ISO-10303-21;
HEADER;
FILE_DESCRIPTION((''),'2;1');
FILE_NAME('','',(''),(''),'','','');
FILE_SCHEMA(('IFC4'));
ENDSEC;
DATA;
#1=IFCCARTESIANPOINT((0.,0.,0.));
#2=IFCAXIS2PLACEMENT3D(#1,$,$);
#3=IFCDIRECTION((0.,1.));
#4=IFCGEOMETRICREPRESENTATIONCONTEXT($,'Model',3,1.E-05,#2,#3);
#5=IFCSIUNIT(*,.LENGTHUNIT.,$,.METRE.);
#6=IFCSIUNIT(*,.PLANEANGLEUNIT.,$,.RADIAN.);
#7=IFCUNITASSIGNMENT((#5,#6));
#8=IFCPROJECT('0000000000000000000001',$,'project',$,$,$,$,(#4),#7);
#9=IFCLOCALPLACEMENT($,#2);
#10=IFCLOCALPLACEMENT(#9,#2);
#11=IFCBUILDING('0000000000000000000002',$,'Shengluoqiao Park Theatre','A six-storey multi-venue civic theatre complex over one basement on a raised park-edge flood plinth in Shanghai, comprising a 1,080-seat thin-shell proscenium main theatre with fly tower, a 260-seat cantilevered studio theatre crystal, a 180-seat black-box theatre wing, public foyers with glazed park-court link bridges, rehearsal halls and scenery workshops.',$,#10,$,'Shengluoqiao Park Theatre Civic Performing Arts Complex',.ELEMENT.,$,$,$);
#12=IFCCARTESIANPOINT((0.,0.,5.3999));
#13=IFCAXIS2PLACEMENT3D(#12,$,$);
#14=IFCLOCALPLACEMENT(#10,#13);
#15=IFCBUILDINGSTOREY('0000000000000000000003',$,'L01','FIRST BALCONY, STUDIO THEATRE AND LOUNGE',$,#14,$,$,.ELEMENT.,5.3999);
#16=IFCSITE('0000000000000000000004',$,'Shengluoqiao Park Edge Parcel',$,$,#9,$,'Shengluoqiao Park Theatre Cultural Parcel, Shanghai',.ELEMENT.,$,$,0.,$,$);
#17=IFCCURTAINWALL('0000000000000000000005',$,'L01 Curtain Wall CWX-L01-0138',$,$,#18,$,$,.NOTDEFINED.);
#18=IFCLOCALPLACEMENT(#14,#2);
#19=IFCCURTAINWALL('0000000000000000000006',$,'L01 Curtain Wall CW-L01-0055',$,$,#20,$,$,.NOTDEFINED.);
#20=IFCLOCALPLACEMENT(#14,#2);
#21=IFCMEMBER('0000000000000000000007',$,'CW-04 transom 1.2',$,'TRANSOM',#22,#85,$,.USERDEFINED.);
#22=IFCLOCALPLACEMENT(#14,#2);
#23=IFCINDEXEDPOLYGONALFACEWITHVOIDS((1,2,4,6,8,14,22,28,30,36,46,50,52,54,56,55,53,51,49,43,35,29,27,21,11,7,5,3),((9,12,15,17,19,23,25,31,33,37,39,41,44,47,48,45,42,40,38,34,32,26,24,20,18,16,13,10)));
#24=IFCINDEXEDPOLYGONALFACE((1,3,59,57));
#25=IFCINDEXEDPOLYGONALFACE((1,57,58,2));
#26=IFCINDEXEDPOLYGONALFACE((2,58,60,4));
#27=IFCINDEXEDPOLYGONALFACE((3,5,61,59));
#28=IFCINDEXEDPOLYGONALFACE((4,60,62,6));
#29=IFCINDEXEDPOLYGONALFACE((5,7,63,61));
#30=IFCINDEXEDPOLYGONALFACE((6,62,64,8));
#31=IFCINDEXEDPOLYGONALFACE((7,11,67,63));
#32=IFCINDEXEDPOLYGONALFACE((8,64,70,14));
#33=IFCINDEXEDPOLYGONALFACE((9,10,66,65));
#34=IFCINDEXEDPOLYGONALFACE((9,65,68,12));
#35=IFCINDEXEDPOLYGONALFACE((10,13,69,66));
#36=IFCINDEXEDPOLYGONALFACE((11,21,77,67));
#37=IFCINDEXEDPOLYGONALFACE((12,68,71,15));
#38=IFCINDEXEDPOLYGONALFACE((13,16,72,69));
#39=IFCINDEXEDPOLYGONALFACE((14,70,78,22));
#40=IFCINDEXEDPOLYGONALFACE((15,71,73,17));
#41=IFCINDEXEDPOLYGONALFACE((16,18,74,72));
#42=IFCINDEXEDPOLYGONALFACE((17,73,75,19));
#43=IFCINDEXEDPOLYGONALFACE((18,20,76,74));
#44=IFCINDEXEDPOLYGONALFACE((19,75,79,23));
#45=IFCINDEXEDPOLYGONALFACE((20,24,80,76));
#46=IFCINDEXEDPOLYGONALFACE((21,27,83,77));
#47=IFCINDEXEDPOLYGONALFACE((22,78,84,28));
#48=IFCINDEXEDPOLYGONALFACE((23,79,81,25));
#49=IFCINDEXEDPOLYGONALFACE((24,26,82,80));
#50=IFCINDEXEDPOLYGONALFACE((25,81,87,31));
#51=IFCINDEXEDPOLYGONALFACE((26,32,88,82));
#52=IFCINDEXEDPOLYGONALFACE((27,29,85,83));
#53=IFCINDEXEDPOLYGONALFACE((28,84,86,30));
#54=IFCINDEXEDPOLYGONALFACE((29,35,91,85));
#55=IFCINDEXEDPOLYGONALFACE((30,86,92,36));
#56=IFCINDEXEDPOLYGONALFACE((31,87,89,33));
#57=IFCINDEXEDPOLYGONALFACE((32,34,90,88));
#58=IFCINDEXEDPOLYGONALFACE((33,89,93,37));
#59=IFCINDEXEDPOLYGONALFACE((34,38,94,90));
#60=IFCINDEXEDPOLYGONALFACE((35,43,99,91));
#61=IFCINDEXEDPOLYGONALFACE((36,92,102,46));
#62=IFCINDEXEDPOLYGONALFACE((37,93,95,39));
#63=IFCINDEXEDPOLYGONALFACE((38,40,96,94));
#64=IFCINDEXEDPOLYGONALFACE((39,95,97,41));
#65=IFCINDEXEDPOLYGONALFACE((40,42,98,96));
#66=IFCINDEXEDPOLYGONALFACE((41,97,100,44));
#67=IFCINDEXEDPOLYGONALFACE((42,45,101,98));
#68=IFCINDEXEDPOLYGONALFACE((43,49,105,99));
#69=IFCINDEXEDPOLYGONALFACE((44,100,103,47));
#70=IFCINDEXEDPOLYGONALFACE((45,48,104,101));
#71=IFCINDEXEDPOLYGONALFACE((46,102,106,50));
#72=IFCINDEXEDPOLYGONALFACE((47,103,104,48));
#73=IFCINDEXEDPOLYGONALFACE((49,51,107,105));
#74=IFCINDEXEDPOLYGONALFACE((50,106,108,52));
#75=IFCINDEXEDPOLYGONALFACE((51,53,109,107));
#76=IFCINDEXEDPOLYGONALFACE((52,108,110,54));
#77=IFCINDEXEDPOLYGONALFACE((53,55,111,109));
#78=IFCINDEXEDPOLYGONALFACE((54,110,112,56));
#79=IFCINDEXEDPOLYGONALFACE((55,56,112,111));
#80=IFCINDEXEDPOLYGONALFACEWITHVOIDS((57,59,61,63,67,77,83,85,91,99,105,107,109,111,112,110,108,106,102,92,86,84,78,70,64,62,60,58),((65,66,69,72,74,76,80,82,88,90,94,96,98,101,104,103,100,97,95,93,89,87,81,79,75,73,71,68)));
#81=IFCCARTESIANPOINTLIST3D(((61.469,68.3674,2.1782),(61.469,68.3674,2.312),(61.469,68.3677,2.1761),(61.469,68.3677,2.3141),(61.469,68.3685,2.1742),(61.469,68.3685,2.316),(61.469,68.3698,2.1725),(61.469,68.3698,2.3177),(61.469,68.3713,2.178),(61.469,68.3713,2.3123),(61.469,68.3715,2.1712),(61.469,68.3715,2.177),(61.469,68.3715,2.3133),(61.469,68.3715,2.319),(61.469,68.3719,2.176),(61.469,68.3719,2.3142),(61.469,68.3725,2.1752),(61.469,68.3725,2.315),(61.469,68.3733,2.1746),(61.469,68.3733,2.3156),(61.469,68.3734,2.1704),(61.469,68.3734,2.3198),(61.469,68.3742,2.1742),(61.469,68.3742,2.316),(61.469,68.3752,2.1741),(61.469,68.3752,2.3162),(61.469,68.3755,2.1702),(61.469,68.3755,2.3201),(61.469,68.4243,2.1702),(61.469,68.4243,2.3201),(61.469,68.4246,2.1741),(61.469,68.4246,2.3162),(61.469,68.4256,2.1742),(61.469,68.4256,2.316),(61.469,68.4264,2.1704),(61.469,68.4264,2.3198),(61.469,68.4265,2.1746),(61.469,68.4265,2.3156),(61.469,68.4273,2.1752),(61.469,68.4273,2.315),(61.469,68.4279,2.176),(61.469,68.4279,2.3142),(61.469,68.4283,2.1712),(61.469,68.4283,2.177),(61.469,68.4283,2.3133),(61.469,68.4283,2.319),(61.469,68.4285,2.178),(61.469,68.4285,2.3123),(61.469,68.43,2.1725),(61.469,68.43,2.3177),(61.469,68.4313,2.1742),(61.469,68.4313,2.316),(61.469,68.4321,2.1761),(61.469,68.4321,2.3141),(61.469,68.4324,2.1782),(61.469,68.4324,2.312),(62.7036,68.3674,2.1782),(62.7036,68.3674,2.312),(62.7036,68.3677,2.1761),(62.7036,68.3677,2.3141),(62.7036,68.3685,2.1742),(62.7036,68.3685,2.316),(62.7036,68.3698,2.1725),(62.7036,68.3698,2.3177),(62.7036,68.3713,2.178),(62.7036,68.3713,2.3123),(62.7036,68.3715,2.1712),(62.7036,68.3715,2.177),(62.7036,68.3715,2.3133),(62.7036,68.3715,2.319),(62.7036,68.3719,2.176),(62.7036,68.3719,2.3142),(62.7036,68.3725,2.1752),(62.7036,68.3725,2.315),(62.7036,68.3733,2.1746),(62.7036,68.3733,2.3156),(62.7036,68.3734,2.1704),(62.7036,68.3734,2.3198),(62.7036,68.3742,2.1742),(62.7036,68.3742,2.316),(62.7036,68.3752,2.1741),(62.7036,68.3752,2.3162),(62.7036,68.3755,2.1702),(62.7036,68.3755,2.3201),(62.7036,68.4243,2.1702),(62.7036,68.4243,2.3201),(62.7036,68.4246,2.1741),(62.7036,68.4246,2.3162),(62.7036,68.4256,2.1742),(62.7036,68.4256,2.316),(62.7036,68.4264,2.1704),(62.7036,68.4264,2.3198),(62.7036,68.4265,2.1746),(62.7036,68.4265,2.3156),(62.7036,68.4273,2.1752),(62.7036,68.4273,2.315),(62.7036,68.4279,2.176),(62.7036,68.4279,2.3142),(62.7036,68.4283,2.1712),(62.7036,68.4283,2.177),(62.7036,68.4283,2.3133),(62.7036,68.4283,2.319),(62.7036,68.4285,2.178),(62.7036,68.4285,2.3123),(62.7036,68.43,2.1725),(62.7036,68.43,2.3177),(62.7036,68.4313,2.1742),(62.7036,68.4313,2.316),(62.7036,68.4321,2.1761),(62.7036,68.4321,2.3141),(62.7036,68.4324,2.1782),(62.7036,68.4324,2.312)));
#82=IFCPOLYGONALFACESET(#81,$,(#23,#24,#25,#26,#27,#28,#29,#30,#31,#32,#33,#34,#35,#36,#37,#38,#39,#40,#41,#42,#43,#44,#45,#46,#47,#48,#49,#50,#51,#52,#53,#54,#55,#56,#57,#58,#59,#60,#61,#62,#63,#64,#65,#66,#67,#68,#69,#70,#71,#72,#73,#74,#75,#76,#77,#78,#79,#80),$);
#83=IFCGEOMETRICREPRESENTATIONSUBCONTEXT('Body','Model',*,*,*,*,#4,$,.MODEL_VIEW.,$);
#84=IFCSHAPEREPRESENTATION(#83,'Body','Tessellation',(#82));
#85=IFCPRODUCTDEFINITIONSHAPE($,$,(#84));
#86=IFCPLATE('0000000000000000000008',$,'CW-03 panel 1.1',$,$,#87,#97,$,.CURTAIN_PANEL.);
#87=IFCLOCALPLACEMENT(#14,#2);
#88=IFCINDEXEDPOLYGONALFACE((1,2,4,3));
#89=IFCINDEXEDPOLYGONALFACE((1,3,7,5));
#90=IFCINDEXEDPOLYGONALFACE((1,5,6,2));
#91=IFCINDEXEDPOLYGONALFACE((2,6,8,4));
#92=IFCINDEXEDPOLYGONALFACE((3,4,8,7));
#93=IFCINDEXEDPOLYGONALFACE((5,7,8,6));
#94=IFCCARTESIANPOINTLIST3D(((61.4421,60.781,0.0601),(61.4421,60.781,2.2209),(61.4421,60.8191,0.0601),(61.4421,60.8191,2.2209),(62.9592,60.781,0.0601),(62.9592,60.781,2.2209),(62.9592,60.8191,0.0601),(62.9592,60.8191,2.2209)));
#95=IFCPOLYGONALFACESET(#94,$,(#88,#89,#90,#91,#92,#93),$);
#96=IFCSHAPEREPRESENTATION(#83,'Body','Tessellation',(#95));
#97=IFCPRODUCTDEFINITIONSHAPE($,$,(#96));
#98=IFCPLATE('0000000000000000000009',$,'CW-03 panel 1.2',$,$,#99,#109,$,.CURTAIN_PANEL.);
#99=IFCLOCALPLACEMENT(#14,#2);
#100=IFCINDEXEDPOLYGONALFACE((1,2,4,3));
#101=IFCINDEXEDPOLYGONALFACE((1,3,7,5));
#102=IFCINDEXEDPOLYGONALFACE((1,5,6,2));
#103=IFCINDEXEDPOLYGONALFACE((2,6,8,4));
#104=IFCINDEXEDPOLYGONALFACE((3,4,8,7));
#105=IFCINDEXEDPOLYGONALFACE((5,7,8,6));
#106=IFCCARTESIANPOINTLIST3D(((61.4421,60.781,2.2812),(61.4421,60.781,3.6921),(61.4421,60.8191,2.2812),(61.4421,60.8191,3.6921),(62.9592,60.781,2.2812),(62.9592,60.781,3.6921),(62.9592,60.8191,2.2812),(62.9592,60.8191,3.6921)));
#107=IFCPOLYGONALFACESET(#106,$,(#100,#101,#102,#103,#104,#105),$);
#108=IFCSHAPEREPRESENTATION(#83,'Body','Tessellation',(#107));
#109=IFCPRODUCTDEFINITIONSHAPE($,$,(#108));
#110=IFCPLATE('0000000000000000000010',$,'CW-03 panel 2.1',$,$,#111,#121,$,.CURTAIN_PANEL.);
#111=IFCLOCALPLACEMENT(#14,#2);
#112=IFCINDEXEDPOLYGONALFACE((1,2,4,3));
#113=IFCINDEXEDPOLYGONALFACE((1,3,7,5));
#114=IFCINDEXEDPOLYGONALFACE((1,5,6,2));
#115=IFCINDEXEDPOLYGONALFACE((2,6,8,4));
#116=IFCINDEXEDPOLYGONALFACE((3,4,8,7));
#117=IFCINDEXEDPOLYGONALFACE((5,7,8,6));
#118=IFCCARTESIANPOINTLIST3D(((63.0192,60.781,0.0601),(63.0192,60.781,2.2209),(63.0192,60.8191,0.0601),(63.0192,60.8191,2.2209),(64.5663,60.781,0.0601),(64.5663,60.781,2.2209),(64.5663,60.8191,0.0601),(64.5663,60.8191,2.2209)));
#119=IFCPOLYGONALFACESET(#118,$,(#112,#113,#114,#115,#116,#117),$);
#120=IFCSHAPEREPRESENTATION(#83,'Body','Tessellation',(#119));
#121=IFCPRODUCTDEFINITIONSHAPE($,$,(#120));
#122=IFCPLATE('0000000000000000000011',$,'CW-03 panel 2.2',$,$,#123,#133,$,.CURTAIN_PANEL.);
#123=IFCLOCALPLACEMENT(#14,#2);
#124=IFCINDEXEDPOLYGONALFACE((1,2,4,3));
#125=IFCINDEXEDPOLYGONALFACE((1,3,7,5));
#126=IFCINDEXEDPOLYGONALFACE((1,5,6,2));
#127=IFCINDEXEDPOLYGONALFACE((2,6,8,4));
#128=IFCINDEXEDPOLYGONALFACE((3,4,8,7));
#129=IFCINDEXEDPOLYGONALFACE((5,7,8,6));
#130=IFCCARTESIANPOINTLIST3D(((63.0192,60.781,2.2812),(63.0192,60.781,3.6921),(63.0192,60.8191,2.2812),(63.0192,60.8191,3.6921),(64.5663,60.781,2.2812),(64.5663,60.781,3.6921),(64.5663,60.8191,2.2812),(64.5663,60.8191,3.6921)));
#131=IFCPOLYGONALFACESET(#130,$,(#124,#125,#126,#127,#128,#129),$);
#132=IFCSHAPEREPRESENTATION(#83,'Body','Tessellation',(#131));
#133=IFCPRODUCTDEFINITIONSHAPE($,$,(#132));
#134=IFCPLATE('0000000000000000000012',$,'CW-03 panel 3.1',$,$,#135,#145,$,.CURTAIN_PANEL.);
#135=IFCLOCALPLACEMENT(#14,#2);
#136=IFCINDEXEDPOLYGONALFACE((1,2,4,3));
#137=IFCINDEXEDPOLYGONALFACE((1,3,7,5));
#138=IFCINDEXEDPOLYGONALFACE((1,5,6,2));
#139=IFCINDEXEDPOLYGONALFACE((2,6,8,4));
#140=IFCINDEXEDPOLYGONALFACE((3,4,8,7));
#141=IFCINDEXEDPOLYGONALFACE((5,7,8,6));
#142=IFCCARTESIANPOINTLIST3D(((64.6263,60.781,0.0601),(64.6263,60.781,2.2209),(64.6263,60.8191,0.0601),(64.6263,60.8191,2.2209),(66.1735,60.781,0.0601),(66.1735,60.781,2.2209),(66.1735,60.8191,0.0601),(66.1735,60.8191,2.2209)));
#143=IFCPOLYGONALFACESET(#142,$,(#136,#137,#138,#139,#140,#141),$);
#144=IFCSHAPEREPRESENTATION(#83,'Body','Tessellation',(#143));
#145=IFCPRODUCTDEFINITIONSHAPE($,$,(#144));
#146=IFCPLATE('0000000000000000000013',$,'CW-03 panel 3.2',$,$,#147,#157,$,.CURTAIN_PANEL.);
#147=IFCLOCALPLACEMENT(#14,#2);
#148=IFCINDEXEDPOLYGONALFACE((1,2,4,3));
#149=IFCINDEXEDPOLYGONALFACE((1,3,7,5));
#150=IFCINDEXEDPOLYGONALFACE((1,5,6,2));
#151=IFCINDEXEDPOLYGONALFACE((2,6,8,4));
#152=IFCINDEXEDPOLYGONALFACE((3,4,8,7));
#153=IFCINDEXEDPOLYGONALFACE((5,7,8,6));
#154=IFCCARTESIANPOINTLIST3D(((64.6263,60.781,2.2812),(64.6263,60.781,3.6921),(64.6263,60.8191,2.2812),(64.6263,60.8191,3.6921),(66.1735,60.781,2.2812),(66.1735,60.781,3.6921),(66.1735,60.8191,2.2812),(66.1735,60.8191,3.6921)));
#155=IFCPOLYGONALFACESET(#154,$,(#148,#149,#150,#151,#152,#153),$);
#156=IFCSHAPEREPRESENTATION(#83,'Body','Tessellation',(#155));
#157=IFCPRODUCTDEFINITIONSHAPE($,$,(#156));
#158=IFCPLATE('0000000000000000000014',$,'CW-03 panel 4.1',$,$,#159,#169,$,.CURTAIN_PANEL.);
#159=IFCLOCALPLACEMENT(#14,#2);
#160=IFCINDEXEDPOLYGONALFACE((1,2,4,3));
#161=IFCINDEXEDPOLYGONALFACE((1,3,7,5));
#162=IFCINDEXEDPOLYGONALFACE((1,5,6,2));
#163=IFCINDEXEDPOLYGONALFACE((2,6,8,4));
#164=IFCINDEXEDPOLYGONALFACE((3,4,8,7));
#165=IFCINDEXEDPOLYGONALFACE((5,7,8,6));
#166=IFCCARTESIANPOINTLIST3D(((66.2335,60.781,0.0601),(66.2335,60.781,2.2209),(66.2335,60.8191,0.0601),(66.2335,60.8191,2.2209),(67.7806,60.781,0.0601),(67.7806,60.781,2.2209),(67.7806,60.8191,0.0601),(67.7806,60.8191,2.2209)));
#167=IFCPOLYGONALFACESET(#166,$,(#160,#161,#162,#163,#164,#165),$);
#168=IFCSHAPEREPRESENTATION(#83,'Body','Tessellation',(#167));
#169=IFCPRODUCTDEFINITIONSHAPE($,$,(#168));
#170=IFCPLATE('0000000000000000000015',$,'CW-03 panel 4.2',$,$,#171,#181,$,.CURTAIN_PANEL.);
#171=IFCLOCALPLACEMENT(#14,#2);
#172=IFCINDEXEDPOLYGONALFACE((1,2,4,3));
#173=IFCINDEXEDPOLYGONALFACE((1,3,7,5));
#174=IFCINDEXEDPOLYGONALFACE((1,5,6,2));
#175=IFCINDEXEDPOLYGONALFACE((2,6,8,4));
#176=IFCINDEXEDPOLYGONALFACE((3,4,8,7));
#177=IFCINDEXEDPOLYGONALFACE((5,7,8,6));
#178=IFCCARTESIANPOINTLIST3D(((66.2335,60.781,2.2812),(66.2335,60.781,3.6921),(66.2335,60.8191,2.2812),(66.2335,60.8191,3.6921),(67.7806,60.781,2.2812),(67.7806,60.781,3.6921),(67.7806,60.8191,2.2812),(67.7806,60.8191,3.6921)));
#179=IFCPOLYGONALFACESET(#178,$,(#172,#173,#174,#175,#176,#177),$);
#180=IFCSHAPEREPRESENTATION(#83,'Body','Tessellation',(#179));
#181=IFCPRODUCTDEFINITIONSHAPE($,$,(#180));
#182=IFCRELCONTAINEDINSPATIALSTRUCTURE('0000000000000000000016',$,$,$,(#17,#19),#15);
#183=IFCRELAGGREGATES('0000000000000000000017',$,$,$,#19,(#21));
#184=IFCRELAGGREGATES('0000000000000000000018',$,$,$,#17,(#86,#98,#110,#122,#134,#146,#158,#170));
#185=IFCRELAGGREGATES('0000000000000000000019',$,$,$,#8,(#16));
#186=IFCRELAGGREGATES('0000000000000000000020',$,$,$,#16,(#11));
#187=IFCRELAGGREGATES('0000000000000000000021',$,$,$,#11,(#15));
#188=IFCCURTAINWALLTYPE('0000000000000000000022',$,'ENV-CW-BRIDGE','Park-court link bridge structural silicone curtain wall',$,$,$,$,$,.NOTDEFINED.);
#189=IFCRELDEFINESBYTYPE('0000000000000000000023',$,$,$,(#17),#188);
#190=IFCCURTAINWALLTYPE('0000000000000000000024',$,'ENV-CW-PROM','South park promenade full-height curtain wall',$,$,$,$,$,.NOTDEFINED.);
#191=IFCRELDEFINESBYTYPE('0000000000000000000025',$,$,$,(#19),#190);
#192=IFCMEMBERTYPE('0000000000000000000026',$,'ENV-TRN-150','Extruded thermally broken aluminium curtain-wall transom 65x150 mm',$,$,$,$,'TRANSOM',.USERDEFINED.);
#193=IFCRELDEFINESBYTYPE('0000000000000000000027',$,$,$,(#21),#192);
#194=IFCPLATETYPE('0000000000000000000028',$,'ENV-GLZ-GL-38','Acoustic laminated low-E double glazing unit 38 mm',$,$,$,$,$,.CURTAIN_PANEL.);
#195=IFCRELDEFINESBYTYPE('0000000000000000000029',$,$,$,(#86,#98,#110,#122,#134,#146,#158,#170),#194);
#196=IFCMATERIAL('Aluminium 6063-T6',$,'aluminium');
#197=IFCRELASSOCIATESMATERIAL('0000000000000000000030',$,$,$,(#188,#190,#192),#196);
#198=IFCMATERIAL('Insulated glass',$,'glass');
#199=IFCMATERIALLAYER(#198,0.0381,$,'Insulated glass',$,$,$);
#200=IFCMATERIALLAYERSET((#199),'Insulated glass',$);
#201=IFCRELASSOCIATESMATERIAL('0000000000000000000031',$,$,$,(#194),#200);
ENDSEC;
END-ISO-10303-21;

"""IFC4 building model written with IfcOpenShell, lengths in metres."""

from ifc_helpers import new_model, si_unit, direction, frame, origin, origin_2d, place, context, subcontext, project, spatial, rectangle, hollow_rectangle, extrude, material, layer, layer_set, material_profile, profile_set, type_object, element, aggregate, save


model = new_model("IFC4")

# Units and contexts
model_context = context("Model", 3, precision=1e-05, world=origin(), true_north=direction((0.0, 1.0)))
body_context = subcontext(model_context, "Body", "Model", "MODEL_VIEW")
ifc_project = project(units=[si_unit("LENGTHUNIT", "METRE"), si_unit("PLANEANGLEUNIT", "RADIAN")], contexts=[model_context])

# Site, building, storey
site_placement = place(None, origin())
site = spatial("IfcSite", under=ifc_project, at=site_placement, Name="Shengluoqiao Park Edge Parcel", LongName="Shengluoqiao Park Theatre Cultural Parcel, Shanghai", CompositionType="ELEMENT", RefElevation=0.0)
building_placement = place(site_placement, origin())
building = spatial("IfcBuilding", under=site, at=building_placement, Name="Shengluoqiao Park Theatre", Description="A six-storey multi-venue civic theatre complex over one basement on a raised park-edge flood plinth in Shanghai, comprising a 1,080-seat thin-shell proscenium main theatre with fly tower, a 260-seat cantilevered studio theatre crystal, a 180-seat black-box theatre wing, public foyers with glazed park-court link bridges, rehearsal halls and scenery workshops.", LongName="Shengluoqiao Park Theatre Civic Performing Arts Complex", CompositionType="ELEMENT")
storey_placement = place(building_placement, frame((0.0, 0.0, 5.3999)))
storey = spatial("IfcBuildingStorey", under=building, at=storey_placement, Name="L01", Description="FIRST BALCONY, STUDIO THEATRE AND LOUNGE", CompositionType="ELEMENT", Elevation=5.3999)

# Curtain wall
ifc_material_1 = material(Name="Aluminium 6063-T6", Category="aluminium")
curtain_wall_type_1 = type_object("IfcCurtainWallType", Name="ENV-CW-BRIDGE", Description="Park-court link bridge structural silicone curtain wall", PredefinedType="NOTDEFINED", material=ifc_material_1)
curtain_wall_1_placement = place(storey_placement, origin())
curtain_wall_1 = element("IfcCurtainWall", 1, at=curtain_wall_1_placement, inside=storey, type_object=curtain_wall_type_1, Name="L01 Curtain Wall CWX-L01-0138", PredefinedType="NOTDEFINED")

# Curtain wall
curtain_wall_type_2 = type_object("IfcCurtainWallType", Name="ENV-CW-PROM", Description="South park promenade full-height curtain wall", PredefinedType="NOTDEFINED", material=ifc_material_1)
curtain_wall_2_placement = place(storey_placement, origin())
curtain_wall_2 = element("IfcCurtainWall", 2, at=curtain_wall_2_placement, inside=storey, type_object=curtain_wall_type_2, Name="L01 Curtain Wall CW-L01-0055", PredefinedType="NOTDEFINED")

# Member
ifc_material_profile_1 = material_profile(ifc_material_1, hollow_rectangle(XDim=0.0649, YDim=0.1499, WallThickness=0.0039, InnerFilletRadius=0.0039, OuterFilletRadius=0.0081, at=origin_2d()), Name="ALU TRANSOM 150x65x4")
ifc_profile_set_1 = profile_set([ifc_material_profile_1], Name="Aluminium 6063-T6")
member_type_1 = type_object("IfcMemberType", Name="ENV-TRN-150", Description="Extruded thermally broken aluminium curtain-wall transom 65x150 mm", ElementType="TRANSOM", PredefinedType="USERDEFINED", material=ifc_profile_set_1)
member_1_placement = place(storey_placement, frame((61.469, 68.3999, 2.2451), z_axis=(1.0, 0.0, 0.0), x_axis=(0.0, 1.0, 0.0)))
member_1 = element("IfcMember", 3, at=member_1_placement, type_object=member_type_1, Name="CW-04 transom 1.2", ObjectType="TRANSOM", PredefinedType="USERDEFINED", context=body_context, shape_type="SweptSolid", body=[
    extrude(hollow_rectangle(XDim=0.0649, YDim=0.1499, WallThickness=0.0039, InnerFilletRadius=0.0039, OuterFilletRadius=0.0081, at=origin_2d()), origin(), (0.0, 0.0, 1.0), 1.2346),
])
aggregate(curtain_wall_2, [member_1])

# Plates
ifc_material_2 = material(Name="Insulated glass", Category="glass")
ifc_layer = layer(ifc_material_2, 0.0381, Name="Insulated glass")
ifc_layer_set = layer_set([ifc_layer], Name="Insulated glass")
plate_type = type_object("IfcPlateType", Name="ENV-GLZ-GL-38", Description="Acoustic laminated low-E double glazing unit 38 mm", PredefinedType="CURTAIN_PANEL", material=ifc_layer_set)
plate_1_placement = place(storey_placement, frame((62.2007, 60.8, 0.0601), z_axis=(0.0, 0.0, 1.0), x_axis=(1.0, 0.0, 0.0)))
plate_1 = element("IfcPlate", 4, at=plate_1_placement, type_object=plate_type, Name="CW-03 panel 1.1", PredefinedType="CURTAIN_PANEL", context=body_context, shape_type="SweptSolid", body=[
    extrude(rectangle(XDim=1.5171, YDim=0.0381, at=origin_2d()), origin(), (0.0, 0.0, 1.0), 2.1609),
])
plate_2_placement = place(storey_placement, frame((62.2007, 60.8, 2.2812), z_axis=(0.0, 0.0, 1.0), x_axis=(1.0, 0.0, 0.0)))
plate_2 = element("IfcPlate", 5, at=plate_2_placement, type_object=plate_type, Name="CW-03 panel 1.2", PredefinedType="CURTAIN_PANEL", context=body_context, shape_type="SweptSolid", body=[
    extrude(rectangle(XDim=1.5171, YDim=0.0381, at=origin_2d()), origin(), (0.0, 0.0, 1.0), 1.4109),
])
plate_3_placement = place(storey_placement, frame((63.7927, 60.8, 0.0601), z_axis=(0.0, 0.0, 1.0), x_axis=(1.0, 0.0, 0.0)))
plate_3 = element("IfcPlate", 6, at=plate_3_placement, type_object=plate_type, Name="CW-03 panel 2.1", PredefinedType="CURTAIN_PANEL", context=body_context, shape_type="SweptSolid", body=[
    extrude(rectangle(XDim=1.5471, YDim=0.0381, at=origin_2d()), origin(), (0.0, 0.0, 1.0), 2.1609),
])
plate_4_placement = place(storey_placement, frame((63.7927, 60.8, 2.2812), z_axis=(0.0, 0.0, 1.0), x_axis=(1.0, 0.0, 0.0)))
plate_4 = element("IfcPlate", 7, at=plate_4_placement, type_object=plate_type, Name="CW-03 panel 2.2", PredefinedType="CURTAIN_PANEL", context=body_context, shape_type="SweptSolid", body=[
    extrude(rectangle(XDim=1.5471, YDim=0.0381, at=origin_2d()), origin(), (0.0, 0.0, 1.0), 1.4109),
])
plate_5_placement = place(storey_placement, frame((65.3999, 60.8, 0.0601), z_axis=(0.0, 0.0, 1.0), x_axis=(1.0, 0.0, 0.0)))
plate_5 = element("IfcPlate", 8, at=plate_5_placement, type_object=plate_type, Name="CW-03 panel 3.1", PredefinedType="CURTAIN_PANEL", context=body_context, shape_type="SweptSolid", body=[
    extrude(rectangle(XDim=1.5471, YDim=0.0381, at=origin_2d()), origin(), (0.0, 0.0, 1.0), 2.1609),
])
plate_6_placement = place(storey_placement, frame((65.3999, 60.8, 2.2812), z_axis=(0.0, 0.0, 1.0), x_axis=(1.0, 0.0, 0.0)))
plate_6 = element("IfcPlate", 9, at=plate_6_placement, type_object=plate_type, Name="CW-03 panel 3.2", PredefinedType="CURTAIN_PANEL", context=body_context, shape_type="SweptSolid", body=[
    extrude(rectangle(XDim=1.5471, YDim=0.0381, at=origin_2d()), origin(), (0.0, 0.0, 1.0), 1.4109),
])
plate_7_placement = place(storey_placement, frame((67.0071, 60.8, 0.0601), z_axis=(0.0, 0.0, 1.0), x_axis=(1.0, 0.0, 0.0)))
plate_7 = element("IfcPlate", 10, at=plate_7_placement, type_object=plate_type, Name="CW-03 panel 4.1", PredefinedType="CURTAIN_PANEL", context=body_context, shape_type="SweptSolid", body=[
    extrude(rectangle(XDim=1.5471, YDim=0.0381, at=origin_2d()), origin(), (0.0, 0.0, 1.0), 2.1609),
])
plate_8_placement = place(storey_placement, frame((67.0071, 60.8, 2.2812), z_axis=(0.0, 0.0, 1.0), x_axis=(1.0, 0.0, 0.0)))
plate_8 = element("IfcPlate", 11, at=plate_8_placement, type_object=plate_type, Name="CW-03 panel 4.2", PredefinedType="CURTAIN_PANEL", context=body_context, shape_type="SweptSolid", body=[
    extrude(rectangle(XDim=1.5471, YDim=0.0381, at=origin_2d()), origin(), (0.0, 0.0, 1.0), 1.4109),
])
aggregate(curtain_wall_1, [plate_1, plate_2, plate_3, plate_4, plate_5, plate_6, plate_7, plate_8])

save(model, "model.ifc")
